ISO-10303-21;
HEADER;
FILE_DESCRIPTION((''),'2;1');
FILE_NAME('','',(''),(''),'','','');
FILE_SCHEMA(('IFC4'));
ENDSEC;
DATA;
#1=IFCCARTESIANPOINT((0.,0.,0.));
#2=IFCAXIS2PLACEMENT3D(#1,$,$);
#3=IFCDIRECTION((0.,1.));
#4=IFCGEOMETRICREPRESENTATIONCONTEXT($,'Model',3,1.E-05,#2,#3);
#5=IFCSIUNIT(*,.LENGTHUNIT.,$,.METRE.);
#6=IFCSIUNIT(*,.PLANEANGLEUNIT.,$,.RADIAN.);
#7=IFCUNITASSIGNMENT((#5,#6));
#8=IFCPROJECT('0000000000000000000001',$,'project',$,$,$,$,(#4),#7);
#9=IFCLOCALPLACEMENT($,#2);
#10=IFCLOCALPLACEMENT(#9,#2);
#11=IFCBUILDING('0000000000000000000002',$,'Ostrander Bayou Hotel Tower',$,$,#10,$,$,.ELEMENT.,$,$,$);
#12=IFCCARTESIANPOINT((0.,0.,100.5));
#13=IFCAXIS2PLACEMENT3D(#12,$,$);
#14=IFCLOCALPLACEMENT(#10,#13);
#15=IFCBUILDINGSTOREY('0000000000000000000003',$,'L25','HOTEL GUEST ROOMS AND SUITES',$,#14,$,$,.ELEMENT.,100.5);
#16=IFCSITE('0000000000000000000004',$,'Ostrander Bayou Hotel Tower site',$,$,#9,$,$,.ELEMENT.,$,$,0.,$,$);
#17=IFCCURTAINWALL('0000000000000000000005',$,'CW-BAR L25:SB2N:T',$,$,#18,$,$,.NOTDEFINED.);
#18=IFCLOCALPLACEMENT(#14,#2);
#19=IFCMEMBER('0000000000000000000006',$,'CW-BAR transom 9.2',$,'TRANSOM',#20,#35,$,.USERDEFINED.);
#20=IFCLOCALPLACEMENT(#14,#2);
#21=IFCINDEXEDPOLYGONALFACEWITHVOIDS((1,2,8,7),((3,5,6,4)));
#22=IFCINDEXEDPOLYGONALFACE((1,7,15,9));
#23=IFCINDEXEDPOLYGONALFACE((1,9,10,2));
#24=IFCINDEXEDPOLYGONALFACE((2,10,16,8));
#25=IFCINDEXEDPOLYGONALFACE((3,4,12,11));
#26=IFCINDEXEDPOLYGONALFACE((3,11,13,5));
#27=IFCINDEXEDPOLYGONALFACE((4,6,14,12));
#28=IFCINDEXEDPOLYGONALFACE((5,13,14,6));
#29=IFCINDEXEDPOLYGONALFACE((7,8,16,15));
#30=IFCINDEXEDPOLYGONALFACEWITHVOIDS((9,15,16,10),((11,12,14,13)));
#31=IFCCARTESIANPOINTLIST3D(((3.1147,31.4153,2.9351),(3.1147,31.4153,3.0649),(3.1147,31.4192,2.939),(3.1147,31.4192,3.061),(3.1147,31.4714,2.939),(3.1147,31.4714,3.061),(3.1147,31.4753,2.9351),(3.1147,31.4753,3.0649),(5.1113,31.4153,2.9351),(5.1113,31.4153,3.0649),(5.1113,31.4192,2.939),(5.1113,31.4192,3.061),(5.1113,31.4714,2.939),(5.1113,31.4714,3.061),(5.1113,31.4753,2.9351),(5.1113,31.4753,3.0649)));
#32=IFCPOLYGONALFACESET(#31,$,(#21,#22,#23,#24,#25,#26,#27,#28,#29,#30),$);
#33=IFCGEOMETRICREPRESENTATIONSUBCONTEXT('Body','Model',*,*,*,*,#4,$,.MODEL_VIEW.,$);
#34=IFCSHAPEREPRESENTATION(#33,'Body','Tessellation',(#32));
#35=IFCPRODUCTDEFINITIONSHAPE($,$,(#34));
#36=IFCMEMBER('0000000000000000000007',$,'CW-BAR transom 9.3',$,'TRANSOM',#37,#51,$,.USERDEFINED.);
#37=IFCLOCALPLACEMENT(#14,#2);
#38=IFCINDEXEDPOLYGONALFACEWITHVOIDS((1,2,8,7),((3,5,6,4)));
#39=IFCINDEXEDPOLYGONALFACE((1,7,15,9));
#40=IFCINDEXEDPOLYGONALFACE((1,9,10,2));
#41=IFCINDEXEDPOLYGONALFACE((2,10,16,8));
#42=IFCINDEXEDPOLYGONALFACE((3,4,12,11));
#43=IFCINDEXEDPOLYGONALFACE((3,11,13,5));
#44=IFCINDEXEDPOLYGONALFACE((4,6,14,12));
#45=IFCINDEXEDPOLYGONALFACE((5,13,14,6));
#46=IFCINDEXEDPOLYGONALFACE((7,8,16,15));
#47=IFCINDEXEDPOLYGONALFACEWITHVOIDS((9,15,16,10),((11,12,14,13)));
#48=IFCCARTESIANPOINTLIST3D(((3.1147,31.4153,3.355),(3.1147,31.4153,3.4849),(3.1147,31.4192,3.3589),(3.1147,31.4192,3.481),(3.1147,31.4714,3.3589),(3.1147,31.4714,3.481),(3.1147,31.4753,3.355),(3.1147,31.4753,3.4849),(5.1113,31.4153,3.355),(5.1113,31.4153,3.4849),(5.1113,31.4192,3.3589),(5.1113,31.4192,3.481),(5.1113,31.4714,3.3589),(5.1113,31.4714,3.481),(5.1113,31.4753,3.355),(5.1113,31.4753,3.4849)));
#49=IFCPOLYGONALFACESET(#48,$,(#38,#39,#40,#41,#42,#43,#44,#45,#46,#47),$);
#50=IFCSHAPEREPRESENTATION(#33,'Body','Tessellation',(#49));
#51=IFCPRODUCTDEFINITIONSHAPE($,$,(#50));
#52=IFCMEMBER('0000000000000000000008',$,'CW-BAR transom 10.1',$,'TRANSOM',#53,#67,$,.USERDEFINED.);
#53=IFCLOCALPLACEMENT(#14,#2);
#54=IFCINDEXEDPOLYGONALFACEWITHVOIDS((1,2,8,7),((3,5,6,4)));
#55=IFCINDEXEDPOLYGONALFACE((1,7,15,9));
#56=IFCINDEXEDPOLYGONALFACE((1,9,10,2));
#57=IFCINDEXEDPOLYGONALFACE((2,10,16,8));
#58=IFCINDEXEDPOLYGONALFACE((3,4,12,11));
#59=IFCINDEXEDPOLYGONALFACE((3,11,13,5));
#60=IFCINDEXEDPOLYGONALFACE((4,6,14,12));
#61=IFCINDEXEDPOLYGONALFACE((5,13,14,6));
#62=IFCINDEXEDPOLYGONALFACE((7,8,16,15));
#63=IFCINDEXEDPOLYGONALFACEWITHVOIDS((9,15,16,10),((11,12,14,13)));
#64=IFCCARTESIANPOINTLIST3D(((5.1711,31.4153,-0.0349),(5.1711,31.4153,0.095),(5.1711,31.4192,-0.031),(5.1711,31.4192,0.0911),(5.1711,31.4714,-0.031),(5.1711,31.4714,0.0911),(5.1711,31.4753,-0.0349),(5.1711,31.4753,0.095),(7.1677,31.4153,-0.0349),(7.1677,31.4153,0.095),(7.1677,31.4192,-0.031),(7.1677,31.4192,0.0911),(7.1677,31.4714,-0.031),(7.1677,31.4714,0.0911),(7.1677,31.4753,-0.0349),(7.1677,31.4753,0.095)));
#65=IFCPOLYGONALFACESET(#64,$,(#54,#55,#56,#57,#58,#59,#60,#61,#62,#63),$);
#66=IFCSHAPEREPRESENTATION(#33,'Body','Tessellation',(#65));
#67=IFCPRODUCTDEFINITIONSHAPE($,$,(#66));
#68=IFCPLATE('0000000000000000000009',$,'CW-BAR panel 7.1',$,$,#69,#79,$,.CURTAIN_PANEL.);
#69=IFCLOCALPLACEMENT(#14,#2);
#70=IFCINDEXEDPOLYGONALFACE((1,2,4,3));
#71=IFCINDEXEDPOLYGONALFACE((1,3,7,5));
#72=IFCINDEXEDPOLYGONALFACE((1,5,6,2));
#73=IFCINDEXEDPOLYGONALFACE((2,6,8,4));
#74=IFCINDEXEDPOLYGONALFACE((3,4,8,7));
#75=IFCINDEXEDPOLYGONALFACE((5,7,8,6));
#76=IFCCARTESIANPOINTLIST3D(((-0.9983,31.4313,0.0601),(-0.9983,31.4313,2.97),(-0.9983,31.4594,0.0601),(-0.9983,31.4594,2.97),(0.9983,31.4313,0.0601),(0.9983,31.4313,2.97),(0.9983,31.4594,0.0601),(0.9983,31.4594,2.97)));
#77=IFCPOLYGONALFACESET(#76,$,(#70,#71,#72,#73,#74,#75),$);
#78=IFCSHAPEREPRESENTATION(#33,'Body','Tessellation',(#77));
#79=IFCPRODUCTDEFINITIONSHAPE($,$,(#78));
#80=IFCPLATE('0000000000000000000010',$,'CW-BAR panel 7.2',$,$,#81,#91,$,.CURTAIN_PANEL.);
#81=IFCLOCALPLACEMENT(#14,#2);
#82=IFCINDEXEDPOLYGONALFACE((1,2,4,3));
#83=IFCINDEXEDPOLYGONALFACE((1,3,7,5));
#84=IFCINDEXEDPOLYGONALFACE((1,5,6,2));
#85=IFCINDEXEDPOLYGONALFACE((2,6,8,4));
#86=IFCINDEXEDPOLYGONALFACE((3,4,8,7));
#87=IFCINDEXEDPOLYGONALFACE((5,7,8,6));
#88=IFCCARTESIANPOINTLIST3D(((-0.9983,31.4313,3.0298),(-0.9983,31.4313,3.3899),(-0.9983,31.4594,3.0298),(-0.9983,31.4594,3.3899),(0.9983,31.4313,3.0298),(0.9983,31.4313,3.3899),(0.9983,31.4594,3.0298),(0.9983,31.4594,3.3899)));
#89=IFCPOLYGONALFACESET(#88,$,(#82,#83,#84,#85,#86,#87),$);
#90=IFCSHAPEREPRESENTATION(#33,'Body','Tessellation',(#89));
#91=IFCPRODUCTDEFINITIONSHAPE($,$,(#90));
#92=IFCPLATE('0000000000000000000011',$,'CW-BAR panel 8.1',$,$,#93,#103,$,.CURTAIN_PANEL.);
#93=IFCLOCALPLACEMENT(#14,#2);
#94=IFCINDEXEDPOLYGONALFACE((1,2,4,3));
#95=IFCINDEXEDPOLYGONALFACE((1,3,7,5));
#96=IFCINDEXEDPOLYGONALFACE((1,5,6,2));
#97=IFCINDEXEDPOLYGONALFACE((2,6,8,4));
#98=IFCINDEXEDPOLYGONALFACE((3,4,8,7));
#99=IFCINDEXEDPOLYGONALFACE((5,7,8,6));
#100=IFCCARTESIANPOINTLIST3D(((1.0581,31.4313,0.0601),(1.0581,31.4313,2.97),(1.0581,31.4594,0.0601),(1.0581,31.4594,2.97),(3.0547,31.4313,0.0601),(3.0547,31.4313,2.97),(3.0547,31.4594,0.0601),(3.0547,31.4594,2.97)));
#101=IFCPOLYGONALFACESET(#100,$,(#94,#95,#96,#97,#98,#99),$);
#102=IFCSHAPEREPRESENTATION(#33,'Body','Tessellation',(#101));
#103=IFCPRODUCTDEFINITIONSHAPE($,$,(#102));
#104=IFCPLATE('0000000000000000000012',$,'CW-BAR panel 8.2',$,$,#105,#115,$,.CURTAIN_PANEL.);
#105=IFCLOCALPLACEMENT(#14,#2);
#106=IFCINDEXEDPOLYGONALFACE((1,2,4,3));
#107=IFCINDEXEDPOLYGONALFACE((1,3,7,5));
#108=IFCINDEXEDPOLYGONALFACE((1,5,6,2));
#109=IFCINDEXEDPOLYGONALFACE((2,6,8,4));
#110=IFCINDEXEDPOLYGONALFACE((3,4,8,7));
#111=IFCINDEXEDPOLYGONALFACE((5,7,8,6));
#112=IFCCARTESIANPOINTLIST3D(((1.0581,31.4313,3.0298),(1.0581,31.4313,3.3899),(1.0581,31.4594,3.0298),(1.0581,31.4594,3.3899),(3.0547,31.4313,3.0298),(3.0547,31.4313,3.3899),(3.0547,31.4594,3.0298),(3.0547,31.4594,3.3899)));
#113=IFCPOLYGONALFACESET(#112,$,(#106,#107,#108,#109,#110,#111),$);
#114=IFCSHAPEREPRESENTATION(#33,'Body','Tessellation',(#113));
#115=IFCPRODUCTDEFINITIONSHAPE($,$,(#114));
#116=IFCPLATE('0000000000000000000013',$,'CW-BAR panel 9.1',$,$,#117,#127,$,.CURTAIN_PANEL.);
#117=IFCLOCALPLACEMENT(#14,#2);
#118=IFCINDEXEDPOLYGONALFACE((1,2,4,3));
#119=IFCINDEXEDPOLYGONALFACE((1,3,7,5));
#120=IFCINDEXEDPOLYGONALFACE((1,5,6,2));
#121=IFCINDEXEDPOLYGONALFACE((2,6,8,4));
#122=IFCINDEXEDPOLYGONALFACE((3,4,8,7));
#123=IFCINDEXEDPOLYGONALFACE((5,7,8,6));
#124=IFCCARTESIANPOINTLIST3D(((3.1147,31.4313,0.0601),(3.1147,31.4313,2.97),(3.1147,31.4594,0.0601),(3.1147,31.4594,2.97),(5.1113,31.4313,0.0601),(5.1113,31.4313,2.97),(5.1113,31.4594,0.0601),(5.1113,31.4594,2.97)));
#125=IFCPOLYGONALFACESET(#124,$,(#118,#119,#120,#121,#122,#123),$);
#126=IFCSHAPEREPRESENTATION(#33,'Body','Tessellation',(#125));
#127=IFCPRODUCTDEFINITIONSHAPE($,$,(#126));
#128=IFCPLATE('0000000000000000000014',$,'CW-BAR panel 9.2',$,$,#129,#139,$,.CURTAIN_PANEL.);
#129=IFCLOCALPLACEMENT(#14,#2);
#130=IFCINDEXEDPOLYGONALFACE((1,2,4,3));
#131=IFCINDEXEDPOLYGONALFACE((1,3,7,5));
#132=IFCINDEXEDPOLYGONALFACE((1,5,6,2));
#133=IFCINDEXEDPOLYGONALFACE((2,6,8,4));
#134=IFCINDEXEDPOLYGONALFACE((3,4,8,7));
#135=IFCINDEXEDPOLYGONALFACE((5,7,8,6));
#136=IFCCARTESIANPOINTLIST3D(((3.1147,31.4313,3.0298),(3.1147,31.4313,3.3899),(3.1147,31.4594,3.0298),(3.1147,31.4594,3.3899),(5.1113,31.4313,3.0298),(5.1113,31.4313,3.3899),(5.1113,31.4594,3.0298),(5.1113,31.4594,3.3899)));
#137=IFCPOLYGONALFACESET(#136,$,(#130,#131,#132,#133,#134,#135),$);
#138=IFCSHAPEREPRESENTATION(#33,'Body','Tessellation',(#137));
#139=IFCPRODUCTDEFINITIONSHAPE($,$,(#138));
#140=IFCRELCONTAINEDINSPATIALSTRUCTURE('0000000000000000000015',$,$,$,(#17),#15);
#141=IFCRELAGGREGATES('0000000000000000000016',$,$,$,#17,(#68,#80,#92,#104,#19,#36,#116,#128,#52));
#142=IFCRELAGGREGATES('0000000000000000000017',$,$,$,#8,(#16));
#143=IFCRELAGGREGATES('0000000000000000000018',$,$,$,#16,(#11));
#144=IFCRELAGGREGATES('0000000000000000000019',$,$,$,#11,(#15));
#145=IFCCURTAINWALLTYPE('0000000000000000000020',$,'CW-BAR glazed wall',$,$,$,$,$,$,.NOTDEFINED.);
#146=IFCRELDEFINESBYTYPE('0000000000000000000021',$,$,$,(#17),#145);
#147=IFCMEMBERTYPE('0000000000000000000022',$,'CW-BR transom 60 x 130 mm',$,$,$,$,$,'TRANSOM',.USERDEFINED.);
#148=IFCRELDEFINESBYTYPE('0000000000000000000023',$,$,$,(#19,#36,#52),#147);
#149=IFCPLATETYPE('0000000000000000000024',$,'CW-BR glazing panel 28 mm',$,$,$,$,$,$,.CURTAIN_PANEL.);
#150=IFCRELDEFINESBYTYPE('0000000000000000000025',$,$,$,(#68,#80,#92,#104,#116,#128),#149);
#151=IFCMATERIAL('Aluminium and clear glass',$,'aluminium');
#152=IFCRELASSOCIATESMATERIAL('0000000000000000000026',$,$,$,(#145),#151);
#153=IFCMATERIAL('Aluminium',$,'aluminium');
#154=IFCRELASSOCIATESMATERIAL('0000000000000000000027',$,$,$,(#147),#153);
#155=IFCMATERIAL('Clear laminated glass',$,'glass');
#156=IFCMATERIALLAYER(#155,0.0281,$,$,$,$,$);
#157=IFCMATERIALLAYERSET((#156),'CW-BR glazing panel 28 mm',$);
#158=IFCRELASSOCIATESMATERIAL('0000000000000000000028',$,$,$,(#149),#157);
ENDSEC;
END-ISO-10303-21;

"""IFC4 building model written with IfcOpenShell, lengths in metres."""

from ifc_helpers import new_model, si_unit, direction, frame, origin, origin_2d, place, context, subcontext, project, spatial, rectangle, hollow_rectangle, extrude, material, layer, layer_set, material_profile, profile_set, type_object, element, aggregate, save


model = new_model("IFC4")

# Units and contexts
model_context = context("Model", 3, precision=1e-05, world=origin(), true_north=direction((0.0, 1.0)))
body_context = subcontext(model_context, "Body", "Model", "MODEL_VIEW")
ifc_project = project(units=[si_unit("LENGTHUNIT", "METRE"), si_unit("PLANEANGLEUNIT", "RADIAN")], contexts=[model_context])

# Site, building, storey
site_placement = place(None, origin())
site = spatial("IfcSite", under=ifc_project, at=site_placement, Name="Ostrander Bayou Hotel Tower site", CompositionType="ELEMENT", RefElevation=0.0)
building_placement = place(site_placement, origin())
building = spatial("IfcBuilding", under=site, at=building_placement, Name="Ostrander Bayou Hotel Tower", CompositionType="ELEMENT")
storey_placement = place(building_placement, frame((0.0, 0.0, 100.5)))
storey = spatial("IfcBuildingStorey", under=building, at=storey_placement, Name="L25", Description="HOTEL GUEST ROOMS AND SUITES", CompositionType="ELEMENT", Elevation=100.5)

# Curtain wall, members, plates
ifc_material_1 = material(Name="Aluminium and clear glass", Category="aluminium")
curtain_wall_type = type_object("IfcCurtainWallType", Name="CW-BAR glazed wall", PredefinedType="NOTDEFINED", material=ifc_material_1)
curtain_wall_placement = place(storey_placement, origin())
curtain_wall = element("IfcCurtainWall", 1, at=curtain_wall_placement, inside=storey, type_object=curtain_wall_type, Name="CW-BAR L25:SB2N:T", PredefinedType="NOTDEFINED")
ifc_material_2 = material(Name="Aluminium", Category="aluminium")
ifc_material_profile_1 = material_profile(ifc_material_2, hollow_rectangle(XDim=0.0601, YDim=0.1299, WallThickness=0.0039, at=origin_2d()))
ifc_profile_set_1 = profile_set([ifc_material_profile_1], Name="Aluminium")
member_type_1 = type_object("IfcMemberType", Name="CW-BR transom 60 x 130 mm", ElementType="TRANSOM", PredefinedType="USERDEFINED", material=ifc_profile_set_1)
member_1_placement = place(storey_placement, frame((3.1147, 31.4453, 3.0), z_axis=(1.0, 0.0, 0.0), x_axis=(0.0, 1.0, 0.0)))
member_1 = element("IfcMember", 2, at=member_1_placement, type_object=member_type_1, Name="CW-BAR transom 9.2", ObjectType="TRANSOM", PredefinedType="USERDEFINED", context=body_context, shape_type="SweptSolid", body=[
    extrude(hollow_rectangle(XDim=0.0601, YDim=0.1299, WallThickness=0.0039, at=origin_2d()), origin(), (0.0, 0.0, 1.0), 1.9966),
])
member_2_placement = place(storey_placement, frame((3.1147, 31.4453, 3.4199), z_axis=(1.0, 0.0, 0.0), x_axis=(0.0, 1.0, 0.0)))
member_2 = element("IfcMember", 3, at=member_2_placement, type_object=member_type_1, Name="CW-BAR transom 9.3", ObjectType="TRANSOM", PredefinedType="USERDEFINED", context=body_context, shape_type="SweptSolid", body=[
    extrude(hollow_rectangle(XDim=0.0601, YDim=0.1299, WallThickness=0.0039, at=origin_2d()), origin(), (0.0, 0.0, 1.0), 1.9966),
])
member_3_placement = place(storey_placement, frame((5.1711, 31.4453, 0.03), z_axis=(1.0, 0.0, 0.0), x_axis=(0.0, 1.0, 0.0)))
member_3 = element("IfcMember", 4, at=member_3_placement, type_object=member_type_1, Name="CW-BAR transom 10.1", ObjectType="TRANSOM", PredefinedType="USERDEFINED", context=body_context, shape_type="SweptSolid", body=[
    extrude(hollow_rectangle(XDim=0.0601, YDim=0.1299, WallThickness=0.0039, at=origin_2d()), origin(), (0.0, 0.0, 1.0), 1.9966),
])
ifc_material_3 = material(Name="Clear laminated glass", Category="glass")
ifc_layer_1 = layer(ifc_material_3, 0.0281)
ifc_layer_set_1 = layer_set([ifc_layer_1], Name="CW-BR glazing panel 28 mm")
plate_type = type_object("IfcPlateType", Name="CW-BR glazing panel 28 mm", PredefinedType="CURTAIN_PANEL", material=ifc_layer_set_1)
plate_1_placement = place(storey_placement, frame((0.0, 31.4453, 0.0601), z_axis=(0.0, 0.0, 1.0), x_axis=(1.0, 0.0, 0.0)))
plate_1 = element("IfcPlate", 5, at=plate_1_placement, type_object=plate_type, Name="CW-BAR panel 7.1", PredefinedType="CURTAIN_PANEL", context=body_context, shape_type="SweptSolid", body=[
    extrude(rectangle(XDim=1.9966, YDim=0.0281, at=origin_2d()), origin(), (0.0, 0.0, 1.0), 2.9099),
])
plate_2_placement = place(storey_placement, frame((0.0, 31.4453, 3.0298), z_axis=(0.0, 0.0, 1.0), x_axis=(1.0, 0.0, 0.0)))
plate_2 = element("IfcPlate", 6, at=plate_2_placement, type_object=plate_type, Name="CW-BAR panel 7.2", PredefinedType="CURTAIN_PANEL", context=body_context, shape_type="SweptSolid", body=[
    extrude(rectangle(XDim=1.9966, YDim=0.0281, at=origin_2d()), origin(), (0.0, 0.0, 1.0), 0.3601),
])
plate_3_placement = place(storey_placement, frame((2.0564, 31.4453, 0.0601), z_axis=(0.0, 0.0, 1.0), x_axis=(1.0, 0.0, 0.0)))
plate_3 = element("IfcPlate", 7, at=plate_3_placement, type_object=plate_type, Name="CW-BAR panel 8.1", PredefinedType="CURTAIN_PANEL", context=body_context, shape_type="SweptSolid", body=[
    extrude(rectangle(XDim=1.9966, YDim=0.0281, at=origin_2d()), origin(), (0.0, 0.0, 1.0), 2.9099),
])
plate_4_placement = place(storey_placement, frame((2.0564, 31.4453, 3.0298), z_axis=(0.0, 0.0, 1.0), x_axis=(1.0, 0.0, 0.0)))
plate_4 = element("IfcPlate", 8, at=plate_4_placement, type_object=plate_type, Name="CW-BAR panel 8.2", PredefinedType="CURTAIN_PANEL", context=body_context, shape_type="SweptSolid", body=[
    extrude(rectangle(XDim=1.9966, YDim=0.0281, at=origin_2d()), origin(), (0.0, 0.0, 1.0), 0.3601),
])
plate_5_placement = place(storey_placement, frame((4.113, 31.4453, 0.0601), z_axis=(0.0, 0.0, 1.0), x_axis=(1.0, 0.0, 0.0)))
plate_5 = element("IfcPlate", 9, at=plate_5_placement, type_object=plate_type, Name="CW-BAR panel 9.1", PredefinedType="CURTAIN_PANEL", context=body_context, shape_type="SweptSolid", body=[
    extrude(rectangle(XDim=1.9966, YDim=0.0281, at=origin_2d()), origin(), (0.0, 0.0, 1.0), 2.9099),
])
plate_6_placement = place(storey_placement, frame((4.113, 31.4453, 3.0298), z_axis=(0.0, 0.0, 1.0), x_axis=(1.0, 0.0, 0.0)))
plate_6 = element("IfcPlate", 10, at=plate_6_placement, type_object=plate_type, Name="CW-BAR panel 9.2", PredefinedType="CURTAIN_PANEL", context=body_context, shape_type="SweptSolid", body=[
    extrude(rectangle(XDim=1.9966, YDim=0.0281, at=origin_2d()), origin(), (0.0, 0.0, 1.0), 0.3601),
])
aggregate(curtain_wall, [plate_1, plate_2, plate_3, plate_4, member_1, member_2, plate_5, plate_6, member_3])

save(model, "model.ifc")
